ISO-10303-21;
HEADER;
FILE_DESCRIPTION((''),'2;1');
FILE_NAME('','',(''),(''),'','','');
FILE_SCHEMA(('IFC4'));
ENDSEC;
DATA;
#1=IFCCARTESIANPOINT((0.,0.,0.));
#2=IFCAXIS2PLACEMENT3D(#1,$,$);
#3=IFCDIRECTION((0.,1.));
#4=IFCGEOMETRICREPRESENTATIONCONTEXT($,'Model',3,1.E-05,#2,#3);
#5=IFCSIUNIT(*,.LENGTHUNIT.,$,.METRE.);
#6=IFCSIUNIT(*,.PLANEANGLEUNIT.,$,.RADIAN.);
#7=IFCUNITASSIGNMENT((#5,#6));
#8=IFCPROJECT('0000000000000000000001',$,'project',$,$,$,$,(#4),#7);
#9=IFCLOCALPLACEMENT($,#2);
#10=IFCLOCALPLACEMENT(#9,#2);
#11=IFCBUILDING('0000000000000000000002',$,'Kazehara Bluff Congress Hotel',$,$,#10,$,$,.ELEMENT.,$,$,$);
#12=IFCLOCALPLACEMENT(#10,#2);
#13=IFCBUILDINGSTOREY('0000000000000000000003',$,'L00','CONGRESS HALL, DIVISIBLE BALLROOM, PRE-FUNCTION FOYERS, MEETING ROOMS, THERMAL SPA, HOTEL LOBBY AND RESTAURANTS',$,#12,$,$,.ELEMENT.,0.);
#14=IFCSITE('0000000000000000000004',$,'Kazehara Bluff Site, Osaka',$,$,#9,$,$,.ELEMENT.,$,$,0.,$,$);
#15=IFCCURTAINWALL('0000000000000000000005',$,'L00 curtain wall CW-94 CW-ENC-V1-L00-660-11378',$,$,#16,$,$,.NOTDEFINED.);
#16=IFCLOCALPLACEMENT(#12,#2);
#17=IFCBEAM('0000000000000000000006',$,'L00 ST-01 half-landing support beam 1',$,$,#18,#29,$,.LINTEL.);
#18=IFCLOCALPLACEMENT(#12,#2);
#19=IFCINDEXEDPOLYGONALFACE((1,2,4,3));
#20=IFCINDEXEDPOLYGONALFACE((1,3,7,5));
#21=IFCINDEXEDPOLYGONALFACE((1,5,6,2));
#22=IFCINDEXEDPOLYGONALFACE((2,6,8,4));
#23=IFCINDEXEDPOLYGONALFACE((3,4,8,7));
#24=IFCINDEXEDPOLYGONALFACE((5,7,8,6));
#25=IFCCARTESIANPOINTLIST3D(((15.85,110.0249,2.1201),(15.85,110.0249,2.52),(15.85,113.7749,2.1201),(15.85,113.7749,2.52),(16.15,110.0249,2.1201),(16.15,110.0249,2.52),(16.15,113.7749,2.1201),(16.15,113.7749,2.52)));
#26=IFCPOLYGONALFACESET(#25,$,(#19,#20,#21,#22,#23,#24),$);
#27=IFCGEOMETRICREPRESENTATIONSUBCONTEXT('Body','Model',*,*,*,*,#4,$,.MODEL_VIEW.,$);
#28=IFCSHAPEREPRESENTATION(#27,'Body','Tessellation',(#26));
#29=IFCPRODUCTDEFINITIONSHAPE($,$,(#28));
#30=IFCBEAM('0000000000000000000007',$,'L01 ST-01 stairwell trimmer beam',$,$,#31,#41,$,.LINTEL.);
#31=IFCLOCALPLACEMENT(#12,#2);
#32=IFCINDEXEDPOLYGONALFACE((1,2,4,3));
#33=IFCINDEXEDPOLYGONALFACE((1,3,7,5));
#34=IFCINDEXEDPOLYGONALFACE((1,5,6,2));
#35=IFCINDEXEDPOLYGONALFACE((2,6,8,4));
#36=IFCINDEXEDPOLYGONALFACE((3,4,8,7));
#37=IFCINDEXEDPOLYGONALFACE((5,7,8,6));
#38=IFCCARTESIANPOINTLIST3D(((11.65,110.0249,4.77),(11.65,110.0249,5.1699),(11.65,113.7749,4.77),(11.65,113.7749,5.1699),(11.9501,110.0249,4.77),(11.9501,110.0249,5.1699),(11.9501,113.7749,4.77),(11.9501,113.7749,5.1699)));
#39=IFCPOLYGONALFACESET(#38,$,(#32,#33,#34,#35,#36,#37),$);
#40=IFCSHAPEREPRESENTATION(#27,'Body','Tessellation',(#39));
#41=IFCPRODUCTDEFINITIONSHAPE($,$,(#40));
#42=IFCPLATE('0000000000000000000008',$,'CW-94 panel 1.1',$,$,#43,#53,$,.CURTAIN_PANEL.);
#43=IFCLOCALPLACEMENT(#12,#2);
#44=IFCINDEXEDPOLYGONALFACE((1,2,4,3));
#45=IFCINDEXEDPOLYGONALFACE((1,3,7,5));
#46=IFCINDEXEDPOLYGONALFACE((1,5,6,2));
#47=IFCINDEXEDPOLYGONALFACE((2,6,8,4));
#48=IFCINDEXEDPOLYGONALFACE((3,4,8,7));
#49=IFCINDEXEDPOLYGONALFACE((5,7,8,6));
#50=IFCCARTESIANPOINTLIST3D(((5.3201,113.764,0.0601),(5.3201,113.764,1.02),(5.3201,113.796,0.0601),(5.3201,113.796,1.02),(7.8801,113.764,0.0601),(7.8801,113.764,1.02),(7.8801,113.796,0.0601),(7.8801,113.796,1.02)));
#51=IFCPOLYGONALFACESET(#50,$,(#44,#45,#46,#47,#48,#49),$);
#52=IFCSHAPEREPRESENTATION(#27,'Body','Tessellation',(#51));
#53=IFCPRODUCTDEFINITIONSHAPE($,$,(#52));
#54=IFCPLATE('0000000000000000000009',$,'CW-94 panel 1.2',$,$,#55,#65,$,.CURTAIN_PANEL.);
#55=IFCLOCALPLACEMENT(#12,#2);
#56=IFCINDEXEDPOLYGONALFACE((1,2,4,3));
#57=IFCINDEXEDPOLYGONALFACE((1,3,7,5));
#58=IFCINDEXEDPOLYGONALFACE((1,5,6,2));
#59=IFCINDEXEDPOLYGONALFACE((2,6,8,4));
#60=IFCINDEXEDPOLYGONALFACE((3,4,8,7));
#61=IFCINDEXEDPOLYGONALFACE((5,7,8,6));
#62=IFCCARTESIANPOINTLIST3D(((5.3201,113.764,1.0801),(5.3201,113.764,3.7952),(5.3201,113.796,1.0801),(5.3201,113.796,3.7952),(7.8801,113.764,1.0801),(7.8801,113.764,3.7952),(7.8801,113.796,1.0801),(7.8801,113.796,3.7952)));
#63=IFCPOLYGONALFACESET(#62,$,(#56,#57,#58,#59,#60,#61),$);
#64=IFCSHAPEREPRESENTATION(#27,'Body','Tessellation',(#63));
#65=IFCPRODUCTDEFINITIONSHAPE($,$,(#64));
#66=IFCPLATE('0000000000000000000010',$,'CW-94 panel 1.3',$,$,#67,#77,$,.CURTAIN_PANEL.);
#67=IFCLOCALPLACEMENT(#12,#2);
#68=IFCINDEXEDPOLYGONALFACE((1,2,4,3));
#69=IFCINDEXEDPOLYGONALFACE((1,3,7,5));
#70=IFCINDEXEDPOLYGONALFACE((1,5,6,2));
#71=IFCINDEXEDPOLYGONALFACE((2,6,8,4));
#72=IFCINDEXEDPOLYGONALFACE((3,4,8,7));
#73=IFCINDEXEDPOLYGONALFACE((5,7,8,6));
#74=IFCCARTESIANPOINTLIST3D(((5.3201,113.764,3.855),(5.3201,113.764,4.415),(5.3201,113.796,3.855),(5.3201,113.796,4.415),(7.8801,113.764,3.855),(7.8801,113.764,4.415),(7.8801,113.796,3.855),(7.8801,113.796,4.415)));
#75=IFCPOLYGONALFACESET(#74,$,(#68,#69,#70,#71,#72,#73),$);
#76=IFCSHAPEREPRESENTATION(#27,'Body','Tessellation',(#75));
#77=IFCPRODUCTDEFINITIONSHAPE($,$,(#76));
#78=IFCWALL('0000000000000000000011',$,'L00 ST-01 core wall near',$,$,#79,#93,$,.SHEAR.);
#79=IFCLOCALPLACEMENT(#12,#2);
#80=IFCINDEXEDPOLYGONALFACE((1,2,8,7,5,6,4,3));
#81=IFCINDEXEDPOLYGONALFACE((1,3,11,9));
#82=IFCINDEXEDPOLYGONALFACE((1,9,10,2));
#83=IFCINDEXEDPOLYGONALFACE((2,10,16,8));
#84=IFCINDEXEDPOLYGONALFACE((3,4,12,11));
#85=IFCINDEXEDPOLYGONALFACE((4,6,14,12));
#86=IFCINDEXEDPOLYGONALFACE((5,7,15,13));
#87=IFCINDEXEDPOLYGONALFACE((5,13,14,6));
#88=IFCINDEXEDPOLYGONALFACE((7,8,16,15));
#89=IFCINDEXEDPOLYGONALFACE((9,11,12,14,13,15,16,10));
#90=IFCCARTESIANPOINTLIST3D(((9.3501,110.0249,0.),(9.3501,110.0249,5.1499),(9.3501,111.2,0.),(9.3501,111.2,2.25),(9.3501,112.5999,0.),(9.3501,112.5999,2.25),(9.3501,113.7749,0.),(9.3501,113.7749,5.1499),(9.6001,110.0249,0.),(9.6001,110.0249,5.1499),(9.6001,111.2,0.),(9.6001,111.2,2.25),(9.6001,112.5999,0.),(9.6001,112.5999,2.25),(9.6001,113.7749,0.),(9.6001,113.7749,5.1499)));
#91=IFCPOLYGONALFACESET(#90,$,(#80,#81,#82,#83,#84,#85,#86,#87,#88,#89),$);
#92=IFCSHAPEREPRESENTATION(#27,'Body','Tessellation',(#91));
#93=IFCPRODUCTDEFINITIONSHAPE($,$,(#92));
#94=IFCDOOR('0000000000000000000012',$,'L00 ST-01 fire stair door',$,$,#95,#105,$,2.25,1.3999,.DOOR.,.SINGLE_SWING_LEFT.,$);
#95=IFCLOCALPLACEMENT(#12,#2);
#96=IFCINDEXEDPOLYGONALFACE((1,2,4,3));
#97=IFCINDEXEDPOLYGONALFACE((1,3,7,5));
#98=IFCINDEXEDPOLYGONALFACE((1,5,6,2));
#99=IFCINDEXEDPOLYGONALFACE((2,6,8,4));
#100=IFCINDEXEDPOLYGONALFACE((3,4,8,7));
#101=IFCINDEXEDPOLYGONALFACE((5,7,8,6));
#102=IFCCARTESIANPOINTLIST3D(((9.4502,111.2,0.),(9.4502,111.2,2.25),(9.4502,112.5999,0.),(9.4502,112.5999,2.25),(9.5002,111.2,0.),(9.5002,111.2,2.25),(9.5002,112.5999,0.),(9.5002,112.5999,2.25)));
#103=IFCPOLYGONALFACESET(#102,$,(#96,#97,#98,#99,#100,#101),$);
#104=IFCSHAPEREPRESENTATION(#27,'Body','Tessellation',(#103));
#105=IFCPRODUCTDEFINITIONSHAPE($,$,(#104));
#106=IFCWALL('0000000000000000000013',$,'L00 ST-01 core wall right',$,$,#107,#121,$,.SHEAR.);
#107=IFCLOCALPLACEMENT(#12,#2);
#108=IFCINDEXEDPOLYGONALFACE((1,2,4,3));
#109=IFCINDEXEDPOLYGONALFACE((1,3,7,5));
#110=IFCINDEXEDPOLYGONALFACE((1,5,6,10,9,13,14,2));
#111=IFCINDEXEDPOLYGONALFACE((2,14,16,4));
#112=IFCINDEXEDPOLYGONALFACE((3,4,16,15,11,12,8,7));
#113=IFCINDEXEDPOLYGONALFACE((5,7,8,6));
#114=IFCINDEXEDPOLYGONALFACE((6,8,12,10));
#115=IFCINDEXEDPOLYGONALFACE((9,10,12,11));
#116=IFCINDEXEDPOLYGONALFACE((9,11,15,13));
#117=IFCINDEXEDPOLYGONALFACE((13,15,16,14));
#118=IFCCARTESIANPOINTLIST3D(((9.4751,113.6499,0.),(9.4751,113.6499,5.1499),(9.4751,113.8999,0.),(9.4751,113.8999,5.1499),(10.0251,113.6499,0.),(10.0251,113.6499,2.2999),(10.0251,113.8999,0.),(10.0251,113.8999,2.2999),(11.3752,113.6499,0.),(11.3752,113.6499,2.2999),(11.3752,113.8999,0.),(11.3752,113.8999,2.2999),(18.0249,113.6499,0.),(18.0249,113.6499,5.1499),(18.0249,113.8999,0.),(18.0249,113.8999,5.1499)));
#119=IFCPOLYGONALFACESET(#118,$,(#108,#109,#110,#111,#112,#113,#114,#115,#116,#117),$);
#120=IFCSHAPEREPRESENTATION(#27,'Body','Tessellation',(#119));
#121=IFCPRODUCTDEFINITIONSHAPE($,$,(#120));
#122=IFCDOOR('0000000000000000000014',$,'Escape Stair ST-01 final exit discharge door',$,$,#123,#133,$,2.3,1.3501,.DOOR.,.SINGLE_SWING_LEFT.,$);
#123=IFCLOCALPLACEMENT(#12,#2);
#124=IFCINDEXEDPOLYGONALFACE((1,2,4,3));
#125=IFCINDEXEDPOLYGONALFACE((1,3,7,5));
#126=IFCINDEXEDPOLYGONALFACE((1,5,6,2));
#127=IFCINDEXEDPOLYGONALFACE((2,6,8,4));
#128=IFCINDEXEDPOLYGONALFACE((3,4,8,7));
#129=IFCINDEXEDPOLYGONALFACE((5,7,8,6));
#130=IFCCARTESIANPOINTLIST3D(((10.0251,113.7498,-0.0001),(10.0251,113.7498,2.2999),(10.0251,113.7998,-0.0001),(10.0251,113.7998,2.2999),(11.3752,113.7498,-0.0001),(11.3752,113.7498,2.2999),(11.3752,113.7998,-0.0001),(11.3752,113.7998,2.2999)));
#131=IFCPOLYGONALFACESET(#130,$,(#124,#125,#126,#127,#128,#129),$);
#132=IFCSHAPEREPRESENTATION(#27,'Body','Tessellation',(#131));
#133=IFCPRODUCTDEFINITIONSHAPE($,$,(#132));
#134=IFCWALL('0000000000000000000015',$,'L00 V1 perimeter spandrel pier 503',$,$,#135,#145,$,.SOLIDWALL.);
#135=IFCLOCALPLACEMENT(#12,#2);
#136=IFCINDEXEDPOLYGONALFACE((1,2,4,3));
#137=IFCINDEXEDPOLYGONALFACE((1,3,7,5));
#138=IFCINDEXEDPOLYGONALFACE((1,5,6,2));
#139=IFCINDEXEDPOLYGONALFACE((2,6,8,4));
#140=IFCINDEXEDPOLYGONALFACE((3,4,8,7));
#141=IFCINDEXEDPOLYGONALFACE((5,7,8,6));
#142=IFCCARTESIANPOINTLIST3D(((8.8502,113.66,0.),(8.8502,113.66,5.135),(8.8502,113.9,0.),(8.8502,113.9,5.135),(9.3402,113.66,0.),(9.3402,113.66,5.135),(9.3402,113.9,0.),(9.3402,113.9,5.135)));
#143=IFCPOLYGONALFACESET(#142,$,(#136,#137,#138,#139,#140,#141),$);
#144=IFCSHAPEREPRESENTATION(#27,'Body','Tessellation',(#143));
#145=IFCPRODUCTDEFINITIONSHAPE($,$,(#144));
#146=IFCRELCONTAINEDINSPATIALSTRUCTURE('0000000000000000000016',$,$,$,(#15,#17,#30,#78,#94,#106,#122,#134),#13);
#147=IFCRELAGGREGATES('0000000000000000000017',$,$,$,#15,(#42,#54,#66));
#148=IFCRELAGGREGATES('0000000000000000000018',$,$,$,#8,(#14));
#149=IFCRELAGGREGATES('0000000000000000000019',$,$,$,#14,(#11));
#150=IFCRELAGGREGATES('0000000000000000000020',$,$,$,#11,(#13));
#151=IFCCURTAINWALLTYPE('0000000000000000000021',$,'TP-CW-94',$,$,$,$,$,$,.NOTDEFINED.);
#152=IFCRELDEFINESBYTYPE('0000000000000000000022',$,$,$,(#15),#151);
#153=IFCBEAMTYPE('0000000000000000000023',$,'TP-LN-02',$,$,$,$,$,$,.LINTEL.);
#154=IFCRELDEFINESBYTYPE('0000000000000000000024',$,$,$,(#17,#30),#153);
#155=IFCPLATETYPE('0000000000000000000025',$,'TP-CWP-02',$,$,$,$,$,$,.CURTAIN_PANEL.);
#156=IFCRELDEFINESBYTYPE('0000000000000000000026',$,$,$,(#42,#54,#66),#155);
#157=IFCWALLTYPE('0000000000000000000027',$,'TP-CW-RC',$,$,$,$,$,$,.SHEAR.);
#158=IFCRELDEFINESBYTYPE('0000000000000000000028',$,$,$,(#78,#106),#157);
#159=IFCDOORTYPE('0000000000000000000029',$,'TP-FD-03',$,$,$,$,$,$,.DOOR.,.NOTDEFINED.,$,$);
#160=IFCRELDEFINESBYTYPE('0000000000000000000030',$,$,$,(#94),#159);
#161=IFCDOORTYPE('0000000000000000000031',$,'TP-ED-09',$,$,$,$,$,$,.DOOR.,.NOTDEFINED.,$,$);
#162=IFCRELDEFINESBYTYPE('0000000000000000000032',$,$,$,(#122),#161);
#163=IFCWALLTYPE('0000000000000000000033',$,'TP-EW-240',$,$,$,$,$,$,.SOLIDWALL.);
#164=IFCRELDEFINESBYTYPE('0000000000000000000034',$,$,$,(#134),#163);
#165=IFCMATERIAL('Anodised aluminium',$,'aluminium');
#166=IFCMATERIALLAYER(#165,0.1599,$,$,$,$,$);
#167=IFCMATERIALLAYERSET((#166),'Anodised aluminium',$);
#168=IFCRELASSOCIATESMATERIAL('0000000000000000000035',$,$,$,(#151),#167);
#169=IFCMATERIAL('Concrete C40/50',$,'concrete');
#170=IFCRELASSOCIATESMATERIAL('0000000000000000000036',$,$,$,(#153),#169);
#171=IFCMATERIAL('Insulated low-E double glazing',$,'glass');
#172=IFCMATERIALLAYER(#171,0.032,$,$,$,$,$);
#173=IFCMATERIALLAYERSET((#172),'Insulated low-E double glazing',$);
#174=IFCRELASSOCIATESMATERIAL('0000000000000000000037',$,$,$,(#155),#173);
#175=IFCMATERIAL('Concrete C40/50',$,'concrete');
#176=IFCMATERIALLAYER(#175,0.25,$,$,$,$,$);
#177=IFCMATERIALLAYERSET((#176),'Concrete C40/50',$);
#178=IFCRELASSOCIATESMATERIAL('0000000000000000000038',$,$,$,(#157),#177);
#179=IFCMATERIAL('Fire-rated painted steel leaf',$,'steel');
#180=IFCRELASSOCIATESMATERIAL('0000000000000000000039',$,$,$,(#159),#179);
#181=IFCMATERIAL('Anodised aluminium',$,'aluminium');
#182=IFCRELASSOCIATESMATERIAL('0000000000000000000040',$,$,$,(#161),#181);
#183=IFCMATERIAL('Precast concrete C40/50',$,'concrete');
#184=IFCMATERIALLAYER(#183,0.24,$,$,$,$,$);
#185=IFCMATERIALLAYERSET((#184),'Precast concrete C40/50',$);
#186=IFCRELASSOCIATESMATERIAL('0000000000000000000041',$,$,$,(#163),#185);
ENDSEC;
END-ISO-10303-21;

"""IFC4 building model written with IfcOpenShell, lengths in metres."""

from ifc_helpers import new_model, si_unit, direction, frame, frame_2d, origin, origin_2d, place, context, subcontext, project, spatial, rectangle, extrude, material, layer, layer_set, material_profile, profile_set, type_object, element, fill, aggregate, save


model = new_model("IFC4")

# Units and contexts
model_context = context("Model", 3, precision=1e-05, world=origin(), true_north=direction((0.0, 1.0)))
body_context = subcontext(model_context, "Body", "Model", "MODEL_VIEW")
ifc_project = project(units=[si_unit("LENGTHUNIT", "METRE"), si_unit("PLANEANGLEUNIT", "RADIAN")], contexts=[model_context])

# Site, building, storey
site_placement = place(None, origin())
site = spatial("IfcSite", under=ifc_project, at=site_placement, Name="Kazehara Bluff Site, Osaka", CompositionType="ELEMENT", RefElevation=0.0)
building_placement = place(site_placement, origin())
building = spatial("IfcBuilding", under=site, at=building_placement, Name="Kazehara Bluff Congress Hotel", CompositionType="ELEMENT")
storey_placement = place(building_placement, origin())
storey = spatial("IfcBuildingStorey", under=building, at=storey_placement, Name="L00", Description="CONGRESS HALL, DIVISIBLE BALLROOM, PRE-FUNCTION FOYERS, MEETING ROOMS, THERMAL SPA, HOTEL LOBBY AND RESTAURANTS", CompositionType="ELEMENT", Elevation=0.0)

# Curtain wall
ifc_material_1 = material(Name="Anodised aluminium", Category="aluminium")
ifc_layer_1 = layer(ifc_material_1, 0.1599)
ifc_layer_set_1 = layer_set([ifc_layer_1], Name="Anodised aluminium")
curtain_wall_type = type_object("IfcCurtainWallType", Name="TP-CW-94", PredefinedType="NOTDEFINED", material=ifc_layer_set_1)
curtain_wall_placement = place(storey_placement, origin())
curtain_wall = element("IfcCurtainWall", 1, at=curtain_wall_placement, inside=storey, type_object=curtain_wall_type, Name="L00 curtain wall CW-94 CW-ENC-V1-L00-660-11378", PredefinedType="NOTDEFINED")

# Beams
ifc_material_2 = material(Name="Concrete C40/50", Category="concrete")
ifc_material_profile_1 = material_profile(ifc_material_2, rectangle(XDim=0.3, YDim=0.3999, at=origin_2d()))
ifc_profile_set_1 = profile_set([ifc_material_profile_1], Name="Concrete C40/50")
beam_type_1 = type_object("IfcBeamType", Name="TP-LN-02", PredefinedType="LINTEL", material=ifc_profile_set_1)
for number, where, z_axis, x_axis, name in (
    (2, (16.0, 110.0249, 2.3201), (0.0, 1.0, 0.0), (-1.0, 0.0, 0.0), "L00 ST-01 half-landing support beam 1"),
    (3, (11.8, 110.0249, 4.97), (0.0, 1.0, 0.0), (-1.0, 0.0, 0.0), "L01 ST-01 stairwell trimmer beam"),
):
    element("IfcBeam", number, at=place(storey_placement, frame(where, z_axis=z_axis, x_axis=x_axis)), inside=storey, type_object=beam_type_1, Name=name, PredefinedType="LINTEL", context=body_context, shape_type="SweptSolid", body=[
        extrude(rectangle(XDim=0.3, YDim=0.3999, at=origin_2d()), origin(), (0.0, 0.0, 1.0), 3.75),
    ])

# Plates
ifc_material_3 = material(Name="Insulated low-E double glazing", Category="glass")
ifc_layer_2 = layer(ifc_material_3, 0.032)
ifc_layer_set_2 = layer_set([ifc_layer_2], Name="Insulated low-E double glazing")
plate_type = type_object("IfcPlateType", Name="TP-CWP-02", PredefinedType="CURTAIN_PANEL", material=ifc_layer_set_2)
plate_1_placement = place(storey_placement, frame((6.6001, 113.78, 0.0601), z_axis=(0.0, 0.0, 1.0), x_axis=(1.0, 0.0, 0.0)))
plate_1 = element("IfcPlate", 4, at=plate_1_placement, type_object=plate_type, Name="CW-94 panel 1.1", PredefinedType="CURTAIN_PANEL", context=body_context, shape_type="SweptSolid", body=[
    extrude(rectangle(XDim=2.5601, YDim=0.032, at=origin_2d()), origin(), (0.0, 0.0, 1.0), 0.96),
])
plate_2_placement = place(storey_placement, frame((6.6001, 113.78, 1.0801), z_axis=(0.0, 0.0, 1.0), x_axis=(1.0, 0.0, 0.0)))
plate_2 = element("IfcPlate", 5, at=plate_2_placement, type_object=plate_type, Name="CW-94 panel 1.2", PredefinedType="CURTAIN_PANEL", context=body_context, shape_type="SweptSolid", body=[
    extrude(rectangle(XDim=2.5601, YDim=0.032, at=origin_2d()), origin(), (0.0, 0.0, 1.0), 2.7151),
])
plate_3_placement = place(storey_placement, frame((6.6001, 113.78, 3.855), z_axis=(0.0, 0.0, 1.0), x_axis=(1.0, 0.0, 0.0)))
plate_3 = element("IfcPlate", 6, at=plate_3_placement, type_object=plate_type, Name="CW-94 panel 1.3", PredefinedType="CURTAIN_PANEL", context=body_context, shape_type="SweptSolid", body=[
    extrude(rectangle(XDim=2.5601, YDim=0.032, at=origin_2d()), origin(), (0.0, 0.0, 1.0), 0.5601),
])
aggregate(curtain_wall, [plate_1, plate_2, plate_3])

# Walls, openings, doors
ifc_material_4 = material(Name="Concrete C40/50", Category="concrete")
ifc_layer_3 = layer(ifc_material_4, 0.25)
ifc_layer_set_3 = layer_set([ifc_layer_3], Name="Concrete C40/50")
wall_type_1 = type_object("IfcWallType", Name="TP-CW-RC", PredefinedType="SHEAR", material=ifc_layer_set_3)
wall_1_placement = place(storey_placement, frame((9.4751, 110.0249, 0.0), z_axis=(0.0, 0.0, 1.0), x_axis=(0.0, 1.0, 0.0)))
wall_1 = element("IfcWall", 7, at=wall_1_placement, inside=storey, type_object=wall_type_1, Name="L00 ST-01 core wall near", PredefinedType="SHEAR", context=body_context, shape_type="SweptSolid", body=[
    extrude(rectangle(XDim=3.75, YDim=0.25, at=frame_2d((1.875, 0.0))), origin(), (0.0, 0.0, 1.0), 5.1499),
])
opening_1_placement = place(wall_1_placement, frame((1.175, 0.0, 0.0)))
opening_1 = element("IfcOpeningElement", 8, at=opening_1_placement, cuts=wall_1, PredefinedType="OPENING", context=body_context, shape_type="SweptSolid", body=[
    extrude(rectangle(XDim=1.3999, YDim=2.25, at=frame_2d((0.7, 1.125))), frame((0.0, 0.135, 0.0), z_axis=(0.0, -1.0, 0.0), x_axis=(1.0, 0.0, 0.0)), (0.0, 0.0, 1.0), 0.27),
])
ifc_material_5 = material(Name="Fire-rated painted steel leaf", Category="steel")
door_type_1 = type_object("IfcDoorType", Name="TP-FD-03", OperationType="NOTDEFINED", PredefinedType="DOOR", material=ifc_material_5)
door_1_placement = place(opening_1_placement, origin())
door_1 = element("IfcDoor", 9, at=door_1_placement, inside=storey, type_object=door_type_1, Name="L00 ST-01 fire stair door", OperationType="SINGLE_SWING_LEFT", OverallHeight=2.25, OverallWidth=1.3999, PredefinedType="DOOR", context=body_context, shape_type="SweptSolid", body=[
    extrude(rectangle(XDim=1.3999, YDim=2.25, at=frame_2d((0.7, 1.125))), frame((0.0, 0.0249, 0.0), z_axis=(0.0, -1.0, 0.0), x_axis=(1.0, 0.0, 0.0)), (0.0, 0.0, 1.0), 0.05),
])
fill(opening_1, door_1)
wall_2_placement = place(storey_placement, frame((9.4751, 113.7749, 0.0), z_axis=(0.0, 0.0, 1.0), x_axis=(1.0, 0.0, 0.0)))
wall_2 = element("IfcWall", 10, at=wall_2_placement, inside=storey, type_object=wall_type_1, Name="L00 ST-01 core wall right", PredefinedType="SHEAR", context=body_context, shape_type="SweptSolid", body=[
    extrude(rectangle(XDim=8.5498, YDim=0.25, at=frame_2d((4.2749, 0.0))), origin(), (0.0, 0.0, 1.0), 5.1499),
])
opening_2_placement = place(wall_2_placement, frame((0.55, 0.0, 0.0)))
opening_2 = element("IfcOpeningElement", 11, at=opening_2_placement, cuts=wall_2, PredefinedType="OPENING", context=body_context, shape_type="SweptSolid", body=[
    extrude(rectangle(XDim=1.3501, YDim=2.3, at=frame_2d((0.675, 1.1499))), frame((0.0, 0.135, 0.0), z_axis=(0.0, -1.0, 0.0), x_axis=(1.0, 0.0, 0.0)), (0.0, 0.0, 1.0), 0.27),
])
ifc_material_6 = material(Name="Anodised aluminium", Category="aluminium")
door_type_2 = type_object("IfcDoorType", Name="TP-ED-09", OperationType="NOTDEFINED", PredefinedType="DOOR", material=ifc_material_6)
door_2_placement = place(opening_2_placement, origin())
door_2 = element("IfcDoor", 12, at=door_2_placement, inside=storey, type_object=door_type_2, Name="Escape Stair ST-01 final exit discharge door", OperationType="SINGLE_SWING_LEFT", OverallHeight=2.3, OverallWidth=1.3501, PredefinedType="DOOR", context=body_context, shape_type="SweptSolid", body=[
    extrude(rectangle(XDim=1.3501, YDim=2.3, at=frame_2d((0.675, 1.1499))), frame((0.0, 0.0249, 0.0), z_axis=(0.0, -1.0, 0.0), x_axis=(1.0, 0.0, 0.0)), (0.0, 0.0, 1.0), 0.05),
])
fill(opening_2, door_2)

# Wall
ifc_material_7 = material(Name="Precast concrete C40/50", Category="concrete")
ifc_layer_4 = layer(ifc_material_7, 0.24)
ifc_layer_set_4 = layer_set([ifc_layer_4], Name="Precast concrete C40/50")
wall_type_2 = type_object("IfcWallType", Name="TP-EW-240", PredefinedType="SOLIDWALL", material=ifc_layer_set_4)
wall_3_placement = place(storey_placement, frame((8.8501, 113.78, 0.0), z_axis=(0.0, 0.0, 1.0), x_axis=(1.0, 0.0, 0.0)))
element("IfcWall", 13, at=wall_3_placement, inside=storey, type_object=wall_type_2, Name="L00 V1 perimeter spandrel pier 503", PredefinedType="SOLIDWALL", context=body_context, shape_type="SweptSolid", body=[
    extrude(rectangle(XDim=0.49, YDim=0.24, at=frame_2d((0.2451, 0.0))), origin(), (0.0, 0.0, 1.0), 5.135),
])

save(model, "model.ifc")
